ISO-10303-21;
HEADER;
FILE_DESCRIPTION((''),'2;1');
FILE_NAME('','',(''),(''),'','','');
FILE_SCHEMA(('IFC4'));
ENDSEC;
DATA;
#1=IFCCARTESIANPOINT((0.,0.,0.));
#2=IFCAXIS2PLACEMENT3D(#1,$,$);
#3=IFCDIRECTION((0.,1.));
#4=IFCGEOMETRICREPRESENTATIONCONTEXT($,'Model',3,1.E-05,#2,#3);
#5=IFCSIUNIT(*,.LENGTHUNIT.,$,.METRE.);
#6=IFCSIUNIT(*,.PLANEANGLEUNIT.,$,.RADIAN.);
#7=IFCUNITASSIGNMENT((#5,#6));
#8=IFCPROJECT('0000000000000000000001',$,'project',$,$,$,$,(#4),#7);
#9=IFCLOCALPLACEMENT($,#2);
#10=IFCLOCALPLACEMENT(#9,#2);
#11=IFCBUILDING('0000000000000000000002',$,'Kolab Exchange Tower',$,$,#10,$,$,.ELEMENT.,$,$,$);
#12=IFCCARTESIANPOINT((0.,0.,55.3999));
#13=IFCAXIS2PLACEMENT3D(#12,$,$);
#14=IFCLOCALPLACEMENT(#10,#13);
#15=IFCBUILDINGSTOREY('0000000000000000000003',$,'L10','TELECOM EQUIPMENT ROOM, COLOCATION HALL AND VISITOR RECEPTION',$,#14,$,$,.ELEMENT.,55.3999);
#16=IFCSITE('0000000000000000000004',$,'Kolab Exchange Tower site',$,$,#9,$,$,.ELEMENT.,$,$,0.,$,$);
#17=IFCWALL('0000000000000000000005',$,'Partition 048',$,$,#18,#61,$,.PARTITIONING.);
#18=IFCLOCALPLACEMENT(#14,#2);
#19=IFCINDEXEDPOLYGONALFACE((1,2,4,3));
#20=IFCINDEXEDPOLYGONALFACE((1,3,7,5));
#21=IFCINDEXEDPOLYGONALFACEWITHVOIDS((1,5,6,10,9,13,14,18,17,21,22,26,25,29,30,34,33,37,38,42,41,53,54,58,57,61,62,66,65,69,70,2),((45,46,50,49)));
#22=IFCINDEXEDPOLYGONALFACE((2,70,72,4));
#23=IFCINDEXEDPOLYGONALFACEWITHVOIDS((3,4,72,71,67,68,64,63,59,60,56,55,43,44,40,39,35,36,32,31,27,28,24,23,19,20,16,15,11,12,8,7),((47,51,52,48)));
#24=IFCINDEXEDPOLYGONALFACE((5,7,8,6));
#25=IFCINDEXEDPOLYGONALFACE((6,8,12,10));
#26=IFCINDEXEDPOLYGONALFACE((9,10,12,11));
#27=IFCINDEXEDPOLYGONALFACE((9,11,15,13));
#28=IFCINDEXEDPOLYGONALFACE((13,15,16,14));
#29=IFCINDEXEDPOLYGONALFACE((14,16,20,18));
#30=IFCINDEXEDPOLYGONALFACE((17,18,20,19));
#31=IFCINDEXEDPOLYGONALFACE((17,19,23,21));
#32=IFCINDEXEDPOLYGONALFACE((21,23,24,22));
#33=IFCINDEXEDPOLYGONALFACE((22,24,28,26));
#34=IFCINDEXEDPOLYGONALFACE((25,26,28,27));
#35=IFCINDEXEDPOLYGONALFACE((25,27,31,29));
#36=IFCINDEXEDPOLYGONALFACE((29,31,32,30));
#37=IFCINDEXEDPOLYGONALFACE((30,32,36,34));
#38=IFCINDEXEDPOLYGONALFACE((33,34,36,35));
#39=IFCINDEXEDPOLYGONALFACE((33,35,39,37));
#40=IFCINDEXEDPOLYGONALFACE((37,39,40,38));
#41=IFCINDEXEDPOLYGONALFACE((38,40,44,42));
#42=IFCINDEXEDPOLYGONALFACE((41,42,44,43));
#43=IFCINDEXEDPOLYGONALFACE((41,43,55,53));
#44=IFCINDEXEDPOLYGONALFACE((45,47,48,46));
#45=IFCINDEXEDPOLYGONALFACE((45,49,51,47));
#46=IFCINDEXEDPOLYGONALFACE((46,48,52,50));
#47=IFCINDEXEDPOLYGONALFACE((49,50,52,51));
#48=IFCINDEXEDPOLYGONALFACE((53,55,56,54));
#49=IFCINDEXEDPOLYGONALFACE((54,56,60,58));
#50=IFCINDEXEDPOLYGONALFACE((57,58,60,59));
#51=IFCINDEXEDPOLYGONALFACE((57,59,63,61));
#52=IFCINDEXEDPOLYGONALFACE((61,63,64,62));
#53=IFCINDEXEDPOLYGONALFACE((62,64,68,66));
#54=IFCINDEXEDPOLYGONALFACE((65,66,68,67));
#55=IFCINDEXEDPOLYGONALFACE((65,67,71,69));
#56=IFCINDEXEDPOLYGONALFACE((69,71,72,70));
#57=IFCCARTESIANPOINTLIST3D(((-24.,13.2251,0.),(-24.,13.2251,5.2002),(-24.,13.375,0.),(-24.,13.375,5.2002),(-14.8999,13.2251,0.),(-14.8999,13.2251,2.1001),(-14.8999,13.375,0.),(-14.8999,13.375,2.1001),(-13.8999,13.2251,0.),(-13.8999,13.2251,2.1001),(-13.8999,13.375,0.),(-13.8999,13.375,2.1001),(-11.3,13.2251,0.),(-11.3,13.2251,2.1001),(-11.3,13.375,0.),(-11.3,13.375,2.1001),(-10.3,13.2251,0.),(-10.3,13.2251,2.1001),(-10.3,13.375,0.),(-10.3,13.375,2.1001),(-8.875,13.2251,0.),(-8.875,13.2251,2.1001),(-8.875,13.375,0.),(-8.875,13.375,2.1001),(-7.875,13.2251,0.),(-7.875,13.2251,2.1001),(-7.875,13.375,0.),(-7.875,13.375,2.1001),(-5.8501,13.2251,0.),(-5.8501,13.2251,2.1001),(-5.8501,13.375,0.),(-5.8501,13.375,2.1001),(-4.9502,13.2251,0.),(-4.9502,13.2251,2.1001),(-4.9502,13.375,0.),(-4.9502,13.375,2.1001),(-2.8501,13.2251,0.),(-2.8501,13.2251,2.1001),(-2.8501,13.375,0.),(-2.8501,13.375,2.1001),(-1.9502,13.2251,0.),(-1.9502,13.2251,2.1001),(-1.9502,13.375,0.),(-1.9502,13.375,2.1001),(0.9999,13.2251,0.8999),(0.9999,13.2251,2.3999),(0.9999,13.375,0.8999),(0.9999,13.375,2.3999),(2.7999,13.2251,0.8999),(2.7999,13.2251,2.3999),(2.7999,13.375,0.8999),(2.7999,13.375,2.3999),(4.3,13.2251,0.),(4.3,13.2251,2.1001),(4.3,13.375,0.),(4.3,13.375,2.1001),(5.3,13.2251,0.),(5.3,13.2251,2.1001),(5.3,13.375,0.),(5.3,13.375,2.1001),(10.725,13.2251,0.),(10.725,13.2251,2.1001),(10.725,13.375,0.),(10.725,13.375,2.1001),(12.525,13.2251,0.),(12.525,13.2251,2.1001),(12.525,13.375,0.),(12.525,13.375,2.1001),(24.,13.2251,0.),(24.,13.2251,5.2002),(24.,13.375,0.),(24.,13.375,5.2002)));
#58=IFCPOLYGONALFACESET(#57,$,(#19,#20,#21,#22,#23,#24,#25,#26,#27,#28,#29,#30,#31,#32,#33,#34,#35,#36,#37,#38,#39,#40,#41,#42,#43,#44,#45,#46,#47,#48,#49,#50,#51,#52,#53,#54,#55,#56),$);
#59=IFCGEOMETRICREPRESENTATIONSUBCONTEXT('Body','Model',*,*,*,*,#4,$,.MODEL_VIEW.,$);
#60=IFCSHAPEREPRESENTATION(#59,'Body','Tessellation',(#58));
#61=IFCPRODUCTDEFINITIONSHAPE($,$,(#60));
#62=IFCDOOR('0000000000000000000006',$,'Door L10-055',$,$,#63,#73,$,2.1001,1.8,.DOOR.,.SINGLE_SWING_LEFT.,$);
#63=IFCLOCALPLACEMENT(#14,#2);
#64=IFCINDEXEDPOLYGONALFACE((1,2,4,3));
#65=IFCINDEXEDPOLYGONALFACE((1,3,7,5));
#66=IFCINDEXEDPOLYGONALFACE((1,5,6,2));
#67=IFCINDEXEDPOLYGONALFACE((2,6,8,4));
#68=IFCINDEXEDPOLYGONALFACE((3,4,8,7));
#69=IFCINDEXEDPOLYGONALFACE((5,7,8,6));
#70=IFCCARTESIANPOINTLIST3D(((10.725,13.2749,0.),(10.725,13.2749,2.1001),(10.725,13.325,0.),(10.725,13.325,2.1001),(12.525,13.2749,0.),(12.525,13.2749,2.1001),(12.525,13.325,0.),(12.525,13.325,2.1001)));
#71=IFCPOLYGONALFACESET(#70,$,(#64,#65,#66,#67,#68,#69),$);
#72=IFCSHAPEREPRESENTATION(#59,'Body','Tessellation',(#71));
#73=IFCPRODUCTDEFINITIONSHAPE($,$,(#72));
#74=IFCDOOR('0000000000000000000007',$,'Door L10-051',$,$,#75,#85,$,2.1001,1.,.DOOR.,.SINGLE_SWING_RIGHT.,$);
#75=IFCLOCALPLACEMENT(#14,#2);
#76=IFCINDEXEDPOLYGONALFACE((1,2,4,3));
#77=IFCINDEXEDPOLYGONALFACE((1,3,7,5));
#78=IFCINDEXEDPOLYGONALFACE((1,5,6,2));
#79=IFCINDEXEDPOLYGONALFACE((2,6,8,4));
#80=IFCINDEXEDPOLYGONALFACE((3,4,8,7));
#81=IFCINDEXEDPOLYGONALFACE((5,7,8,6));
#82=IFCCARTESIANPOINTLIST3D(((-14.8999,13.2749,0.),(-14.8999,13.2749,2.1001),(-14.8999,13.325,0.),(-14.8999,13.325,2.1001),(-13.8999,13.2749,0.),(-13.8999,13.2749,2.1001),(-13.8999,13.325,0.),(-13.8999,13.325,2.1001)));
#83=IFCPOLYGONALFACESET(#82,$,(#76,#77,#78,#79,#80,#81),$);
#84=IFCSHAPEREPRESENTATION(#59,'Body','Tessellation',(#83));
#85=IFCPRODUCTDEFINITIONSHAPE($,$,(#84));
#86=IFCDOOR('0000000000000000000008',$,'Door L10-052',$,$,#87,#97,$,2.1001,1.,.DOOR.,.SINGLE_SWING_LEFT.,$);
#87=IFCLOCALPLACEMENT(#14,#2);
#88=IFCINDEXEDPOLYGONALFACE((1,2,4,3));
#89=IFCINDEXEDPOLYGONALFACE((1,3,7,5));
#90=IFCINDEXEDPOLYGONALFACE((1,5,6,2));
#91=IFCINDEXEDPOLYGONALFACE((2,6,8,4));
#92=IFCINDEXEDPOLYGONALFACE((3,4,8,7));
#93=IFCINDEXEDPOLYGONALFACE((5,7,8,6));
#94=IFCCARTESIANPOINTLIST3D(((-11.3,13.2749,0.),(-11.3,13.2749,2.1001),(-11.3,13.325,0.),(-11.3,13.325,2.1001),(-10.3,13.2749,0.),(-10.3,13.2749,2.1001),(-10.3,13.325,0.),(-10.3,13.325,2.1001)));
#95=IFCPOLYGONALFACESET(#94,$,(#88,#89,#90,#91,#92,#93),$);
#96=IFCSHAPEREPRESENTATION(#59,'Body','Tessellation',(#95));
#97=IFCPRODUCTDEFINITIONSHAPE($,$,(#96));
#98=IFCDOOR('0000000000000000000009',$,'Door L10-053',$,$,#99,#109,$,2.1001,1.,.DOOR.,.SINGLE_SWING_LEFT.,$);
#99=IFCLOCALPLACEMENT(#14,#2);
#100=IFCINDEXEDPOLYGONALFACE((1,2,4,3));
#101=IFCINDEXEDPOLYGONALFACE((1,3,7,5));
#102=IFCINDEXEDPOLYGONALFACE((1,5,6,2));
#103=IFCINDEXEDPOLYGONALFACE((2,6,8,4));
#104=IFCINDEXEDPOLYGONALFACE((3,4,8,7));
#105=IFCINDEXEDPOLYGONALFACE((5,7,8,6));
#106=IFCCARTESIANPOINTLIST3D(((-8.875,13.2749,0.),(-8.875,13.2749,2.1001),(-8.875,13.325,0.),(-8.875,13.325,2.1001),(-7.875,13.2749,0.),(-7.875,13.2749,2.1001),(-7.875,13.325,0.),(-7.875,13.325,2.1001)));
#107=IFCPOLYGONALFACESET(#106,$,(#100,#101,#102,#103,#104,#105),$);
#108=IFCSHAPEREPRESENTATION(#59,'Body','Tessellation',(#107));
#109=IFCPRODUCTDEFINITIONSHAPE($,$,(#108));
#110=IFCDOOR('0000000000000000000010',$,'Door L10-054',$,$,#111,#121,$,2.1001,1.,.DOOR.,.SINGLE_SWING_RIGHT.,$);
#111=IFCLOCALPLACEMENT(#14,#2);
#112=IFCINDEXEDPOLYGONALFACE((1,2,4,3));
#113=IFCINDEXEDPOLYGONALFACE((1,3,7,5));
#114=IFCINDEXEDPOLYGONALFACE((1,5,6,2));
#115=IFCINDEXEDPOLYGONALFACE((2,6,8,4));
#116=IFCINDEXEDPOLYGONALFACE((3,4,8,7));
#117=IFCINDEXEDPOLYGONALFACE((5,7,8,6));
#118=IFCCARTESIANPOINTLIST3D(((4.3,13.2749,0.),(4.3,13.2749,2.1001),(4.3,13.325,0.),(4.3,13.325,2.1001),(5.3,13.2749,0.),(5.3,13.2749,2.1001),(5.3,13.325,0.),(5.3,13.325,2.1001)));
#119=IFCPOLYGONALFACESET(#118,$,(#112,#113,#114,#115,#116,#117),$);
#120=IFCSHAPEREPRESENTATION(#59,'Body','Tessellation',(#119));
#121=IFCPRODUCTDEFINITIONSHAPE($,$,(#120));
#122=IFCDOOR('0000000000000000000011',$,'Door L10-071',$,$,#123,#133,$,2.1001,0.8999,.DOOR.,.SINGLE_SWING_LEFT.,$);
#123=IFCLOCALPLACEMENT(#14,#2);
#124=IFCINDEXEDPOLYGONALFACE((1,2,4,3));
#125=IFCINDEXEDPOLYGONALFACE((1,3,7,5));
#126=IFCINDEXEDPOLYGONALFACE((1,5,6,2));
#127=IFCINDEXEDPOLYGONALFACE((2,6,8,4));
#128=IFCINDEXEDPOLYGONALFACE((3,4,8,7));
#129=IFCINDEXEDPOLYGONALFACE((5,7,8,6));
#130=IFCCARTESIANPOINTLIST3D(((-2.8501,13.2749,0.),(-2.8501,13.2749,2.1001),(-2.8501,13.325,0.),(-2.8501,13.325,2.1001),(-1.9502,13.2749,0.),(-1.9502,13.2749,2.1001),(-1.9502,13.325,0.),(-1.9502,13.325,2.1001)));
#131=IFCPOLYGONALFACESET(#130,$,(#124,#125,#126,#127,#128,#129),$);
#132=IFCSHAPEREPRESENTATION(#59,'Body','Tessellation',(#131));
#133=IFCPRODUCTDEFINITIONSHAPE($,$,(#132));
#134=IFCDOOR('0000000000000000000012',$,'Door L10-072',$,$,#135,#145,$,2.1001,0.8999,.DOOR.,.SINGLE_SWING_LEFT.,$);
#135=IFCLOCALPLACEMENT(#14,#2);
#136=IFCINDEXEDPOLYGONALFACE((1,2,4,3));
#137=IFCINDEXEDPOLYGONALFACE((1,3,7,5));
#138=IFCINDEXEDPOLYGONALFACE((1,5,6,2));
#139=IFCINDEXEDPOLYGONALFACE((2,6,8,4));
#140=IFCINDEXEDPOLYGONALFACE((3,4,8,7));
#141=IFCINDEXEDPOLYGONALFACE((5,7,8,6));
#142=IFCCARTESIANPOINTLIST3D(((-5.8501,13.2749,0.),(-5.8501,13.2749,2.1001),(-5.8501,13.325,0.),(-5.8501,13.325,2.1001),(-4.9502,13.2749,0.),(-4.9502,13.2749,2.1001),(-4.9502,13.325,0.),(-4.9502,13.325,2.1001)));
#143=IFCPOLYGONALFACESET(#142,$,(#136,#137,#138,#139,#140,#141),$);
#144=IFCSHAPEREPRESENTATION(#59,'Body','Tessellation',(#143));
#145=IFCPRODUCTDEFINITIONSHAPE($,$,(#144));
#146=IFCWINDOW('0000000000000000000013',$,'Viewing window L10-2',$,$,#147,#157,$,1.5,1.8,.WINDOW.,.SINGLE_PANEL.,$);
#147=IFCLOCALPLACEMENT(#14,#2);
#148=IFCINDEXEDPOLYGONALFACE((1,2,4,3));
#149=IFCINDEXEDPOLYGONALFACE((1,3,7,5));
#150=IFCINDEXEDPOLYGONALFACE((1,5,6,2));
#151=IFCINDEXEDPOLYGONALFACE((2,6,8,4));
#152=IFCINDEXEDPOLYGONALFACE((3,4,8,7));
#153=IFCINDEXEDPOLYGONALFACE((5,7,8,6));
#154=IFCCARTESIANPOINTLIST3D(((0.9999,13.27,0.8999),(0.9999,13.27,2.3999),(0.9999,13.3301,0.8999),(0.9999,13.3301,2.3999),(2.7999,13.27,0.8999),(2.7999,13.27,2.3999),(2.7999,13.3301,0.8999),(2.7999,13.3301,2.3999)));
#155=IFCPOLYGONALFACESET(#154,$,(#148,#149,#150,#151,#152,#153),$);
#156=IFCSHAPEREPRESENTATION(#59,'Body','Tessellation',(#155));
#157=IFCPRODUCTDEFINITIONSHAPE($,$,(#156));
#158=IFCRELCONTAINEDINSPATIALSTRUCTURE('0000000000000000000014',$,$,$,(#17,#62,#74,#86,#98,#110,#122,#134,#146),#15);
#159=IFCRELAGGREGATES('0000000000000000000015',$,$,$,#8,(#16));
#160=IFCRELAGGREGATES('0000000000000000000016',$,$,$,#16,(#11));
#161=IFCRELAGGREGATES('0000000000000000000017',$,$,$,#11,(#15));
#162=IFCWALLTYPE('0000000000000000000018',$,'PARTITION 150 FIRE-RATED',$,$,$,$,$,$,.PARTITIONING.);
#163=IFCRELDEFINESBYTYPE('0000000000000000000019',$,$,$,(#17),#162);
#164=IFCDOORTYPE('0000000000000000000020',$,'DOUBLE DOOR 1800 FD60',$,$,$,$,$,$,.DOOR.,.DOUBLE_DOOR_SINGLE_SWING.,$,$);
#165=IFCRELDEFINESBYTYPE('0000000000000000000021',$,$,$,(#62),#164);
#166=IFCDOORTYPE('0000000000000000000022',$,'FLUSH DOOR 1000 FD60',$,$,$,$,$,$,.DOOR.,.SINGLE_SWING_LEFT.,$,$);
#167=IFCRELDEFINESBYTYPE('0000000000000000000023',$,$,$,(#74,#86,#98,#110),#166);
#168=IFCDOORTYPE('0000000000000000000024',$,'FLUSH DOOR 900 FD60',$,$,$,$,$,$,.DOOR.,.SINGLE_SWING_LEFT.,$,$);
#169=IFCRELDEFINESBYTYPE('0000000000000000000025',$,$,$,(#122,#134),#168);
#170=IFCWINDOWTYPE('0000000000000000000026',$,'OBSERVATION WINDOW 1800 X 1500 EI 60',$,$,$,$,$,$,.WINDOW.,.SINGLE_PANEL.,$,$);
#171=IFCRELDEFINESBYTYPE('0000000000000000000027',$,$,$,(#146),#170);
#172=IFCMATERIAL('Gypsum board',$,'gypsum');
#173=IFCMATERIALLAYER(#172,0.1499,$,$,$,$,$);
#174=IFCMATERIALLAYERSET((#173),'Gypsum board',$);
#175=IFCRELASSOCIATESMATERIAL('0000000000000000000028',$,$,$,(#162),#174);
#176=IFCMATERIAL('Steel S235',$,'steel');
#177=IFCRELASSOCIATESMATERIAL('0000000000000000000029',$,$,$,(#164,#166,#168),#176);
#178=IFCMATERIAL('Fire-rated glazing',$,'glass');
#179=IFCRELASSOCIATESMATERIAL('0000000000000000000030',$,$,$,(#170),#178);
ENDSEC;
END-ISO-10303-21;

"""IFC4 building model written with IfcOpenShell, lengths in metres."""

from ifc_helpers import new_model, si_unit, direction, frame, frame_2d, origin, place, context, subcontext, project, spatial, rectangle, extrude, material, layer, layer_set, type_object, element, fill, save


model = new_model("IFC4")

# Units and contexts
model_context = context("Model", 3, precision=1e-05, world=origin(), true_north=direction((0.0, 1.0)))
body_context = subcontext(model_context, "Body", "Model", "MODEL_VIEW")
ifc_project = project(units=[si_unit("LENGTHUNIT", "METRE"), si_unit("PLANEANGLEUNIT", "RADIAN")], contexts=[model_context])

# Site, building, storey
site_placement = place(None, origin())
site = spatial("IfcSite", under=ifc_project, at=site_placement, Name="Kolab Exchange Tower site", CompositionType="ELEMENT", RefElevation=0.0)
building_placement = place(site_placement, origin())
building = spatial("IfcBuilding", under=site, at=building_placement, Name="Kolab Exchange Tower", CompositionType="ELEMENT")
storey_placement = place(building_placement, frame((0.0, 0.0, 55.3999)))
storey = spatial("IfcBuildingStorey", under=building, at=storey_placement, Name="L10", Description="TELECOM EQUIPMENT ROOM, COLOCATION HALL AND VISITOR RECEPTION", CompositionType="ELEMENT", Elevation=55.3999)

# Shared definitions
ifc_material_1 = material(Name="Gypsum board", Category="gypsum")
ifc_layer_1 = layer(ifc_material_1, 0.1499)
ifc_layer_set_1 = layer_set([ifc_layer_1], Name="Gypsum board")
wall_type = type_object("IfcWallType", Name="PARTITION 150 FIRE-RATED", PredefinedType="PARTITIONING", material=ifc_layer_set_1)

# Wall, openings, doors, window
wall_1_placement = place(storey_placement, frame((-24.0, 13.3, 0.0), z_axis=(0.0, 0.0, 1.0), x_axis=(1.0, 0.0, 0.0)))
wall_1 = element("IfcWall", 1, at=wall_1_placement, inside=storey, type_object=wall_type, Name="Partition 048", PredefinedType="PARTITIONING", context=body_context, shape_type="SweptSolid", body=[
    extrude(rectangle(XDim=48.0, YDim=0.1499, at=frame_2d((24.0, 0.0))), origin(), (0.0, 0.0, 1.0), 5.2002),
])
opening_1_placement = place(wall_1_placement, frame((9.1001, 0.0, 0.0)))
opening_1 = element("IfcOpeningElement", 2, at=opening_1_placement, cuts=wall_1, PredefinedType="OPENING", context=body_context, shape_type="SweptSolid", body=[
    extrude(rectangle(XDim=1.0, YDim=2.1001, at=frame_2d((0.5, 1.05))), frame((0.0, 0.085, 0.0), z_axis=(0.0, -1.0, 0.0), x_axis=(1.0, 0.0, 0.0)), (0.0, 0.0, 1.0), 0.1699),
])
opening_2_placement = place(wall_1_placement, frame((12.7, 0.0, 0.0)))
opening_2 = element("IfcOpeningElement", 3, at=opening_2_placement, cuts=wall_1, PredefinedType="OPENING", context=body_context, shape_type="SweptSolid", body=[
    extrude(rectangle(XDim=1.0, YDim=2.1001, at=frame_2d((0.5, 1.05))), frame((0.0, 0.085, 0.0), z_axis=(0.0, -1.0, 0.0), x_axis=(1.0, 0.0, 0.0)), (0.0, 0.0, 1.0), 0.1699),
])
opening_3_placement = place(wall_1_placement, frame((15.125, 0.0, 0.0)))
opening_3 = element("IfcOpeningElement", 4, at=opening_3_placement, cuts=wall_1, PredefinedType="OPENING", context=body_context, shape_type="SweptSolid", body=[
    extrude(rectangle(XDim=1.0, YDim=2.1001, at=frame_2d((0.5, 1.05))), frame((0.0, 0.085, 0.0), z_axis=(0.0, -1.0, 0.0), x_axis=(1.0, 0.0, 0.0)), (0.0, 0.0, 1.0), 0.1699),
])
opening_4_placement = place(wall_1_placement, frame((28.3, 0.0, 0.0)))
opening_4 = element("IfcOpeningElement", 5, at=opening_4_placement, cuts=wall_1, PredefinedType="OPENING", context=body_context, shape_type="SweptSolid", body=[
    extrude(rectangle(XDim=1.0, YDim=2.1001, at=frame_2d((0.5, 1.05))), frame((0.0, 0.085, 0.0), z_axis=(0.0, -1.0, 0.0), x_axis=(1.0, 0.0, 0.0)), (0.0, 0.0, 1.0), 0.1699),
])
opening_5_placement = place(wall_1_placement, frame((34.7251, 0.0, 0.0)))
opening_5 = element("IfcOpeningElement", 6, at=opening_5_placement, cuts=wall_1, PredefinedType="OPENING", context=body_context, shape_type="SweptSolid", body=[
    extrude(rectangle(XDim=1.8, YDim=2.1001, at=frame_2d((0.8999, 1.05))), frame((0.0, 0.085, 0.0), z_axis=(0.0, -1.0, 0.0), x_axis=(1.0, 0.0, 0.0)), (0.0, 0.0, 1.0), 0.1699),
])
opening_6_placement = place(wall_1_placement, frame((21.1499, 0.0, 0.0)))
opening_6 = element("IfcOpeningElement", 7, at=opening_6_placement, cuts=wall_1, PredefinedType="OPENING", context=body_context, shape_type="SweptSolid", body=[
    extrude(rectangle(XDim=0.8999, YDim=2.1001, at=frame_2d((0.45, 1.05))), frame((0.0, 0.085, 0.0), z_axis=(0.0, -1.0, 0.0), x_axis=(1.0, 0.0, 0.0)), (0.0, 0.0, 1.0), 0.1699),
])
opening_7_placement = place(wall_1_placement, frame((18.1499, 0.0, 0.0)))
opening_7 = element("IfcOpeningElement", 8, at=opening_7_placement, cuts=wall_1, PredefinedType="OPENING", context=body_context, shape_type="SweptSolid", body=[
    extrude(rectangle(XDim=0.8999, YDim=2.1001, at=frame_2d((0.45, 1.05))), frame((0.0, 0.085, 0.0), z_axis=(0.0, -1.0, 0.0), x_axis=(1.0, 0.0, 0.0)), (0.0, 0.0, 1.0), 0.1699),
])
opening_8_placement = place(wall_1_placement, frame((25.0, 0.0, 0.8999)))
opening_8 = element("IfcOpeningElement", 9, at=opening_8_placement, cuts=wall_1, PredefinedType="OPENING", context=body_context, shape_type="SweptSolid", body=[
    extrude(rectangle(XDim=1.8, YDim=1.5, at=frame_2d((0.8999, 0.75))), frame((0.0, 0.085, 0.0), z_axis=(0.0, -1.0, 0.0), x_axis=(1.0, 0.0, 0.0)), (0.0, 0.0, 1.0), 0.1699),
])
ifc_material_2 = material(Name="Steel S235", Category="steel")
door_type_1 = type_object("IfcDoorType", Name="DOUBLE DOOR 1800 FD60", OperationType="DOUBLE_DOOR_SINGLE_SWING", PredefinedType="DOOR", material=ifc_material_2)
door_1_placement = place(opening_5_placement, origin())
door_1 = element("IfcDoor", 10, at=door_1_placement, inside=storey, type_object=door_type_1, Name="Door L10-055", OperationType="SINGLE_SWING_LEFT", OverallHeight=2.1001, OverallWidth=1.8, PredefinedType="DOOR", context=body_context, shape_type="SweptSolid", body=[
    extrude(rectangle(XDim=1.8, YDim=2.1001, at=frame_2d((0.8999, 1.05))), frame((0.0, 0.0249, 0.0), z_axis=(0.0, -1.0, 0.0), x_axis=(1.0, 0.0, 0.0)), (0.0, 0.0, 1.0), 0.05),
])
fill(opening_5, door_1)
door_type_2 = type_object("IfcDoorType", Name="FLUSH DOOR 1000 FD60", OperationType="SINGLE_SWING_LEFT", PredefinedType="DOOR", material=ifc_material_2)
door_2_placement = place(opening_1_placement, origin())
door_2 = element("IfcDoor", 11, at=door_2_placement, inside=storey, type_object=door_type_2, Name="Door L10-051", OperationType="SINGLE_SWING_RIGHT", OverallHeight=2.1001, OverallWidth=1.0, PredefinedType="DOOR", context=body_context, shape_type="SweptSolid", body=[
    extrude(rectangle(XDim=1.0, YDim=2.1001, at=frame_2d((0.5, 1.05))), frame((0.0, 0.0249, 0.0), z_axis=(0.0, -1.0, 0.0), x_axis=(1.0, 0.0, 0.0)), (0.0, 0.0, 1.0), 0.05),
])
fill(opening_1, door_2)
door_3_placement = place(opening_2_placement, origin())
door_3 = element("IfcDoor", 12, at=door_3_placement, inside=storey, type_object=door_type_2, Name="Door L10-052", OperationType="SINGLE_SWING_LEFT", OverallHeight=2.1001, OverallWidth=1.0, PredefinedType="DOOR", context=body_context, shape_type="SweptSolid", body=[
    extrude(rectangle(XDim=1.0, YDim=2.1001, at=frame_2d((0.5, 1.05))), frame((0.0, 0.0249, 0.0), z_axis=(0.0, -1.0, 0.0), x_axis=(1.0, 0.0, 0.0)), (0.0, 0.0, 1.0), 0.05),
])
fill(opening_2, door_3)
door_4_placement = place(opening_3_placement, origin())
door_4 = element("IfcDoor", 13, at=door_4_placement, inside=storey, type_object=door_type_2, Name="Door L10-053", OperationType="SINGLE_SWING_LEFT", OverallHeight=2.1001, OverallWidth=1.0, PredefinedType="DOOR", context=body_context, shape_type="SweptSolid", body=[
    extrude(rectangle(XDim=1.0, YDim=2.1001, at=frame_2d((0.5, 1.05))), frame((0.0, 0.0249, 0.0), z_axis=(0.0, -1.0, 0.0), x_axis=(1.0, 0.0, 0.0)), (0.0, 0.0, 1.0), 0.05),
])
fill(opening_3, door_4)
door_5_placement = place(opening_4_placement, origin())
door_5 = element("IfcDoor", 14, at=door_5_placement, inside=storey, type_object=door_type_2, Name="Door L10-054", OperationType="SINGLE_SWING_RIGHT", OverallHeight=2.1001, OverallWidth=1.0, PredefinedType="DOOR", context=body_context, shape_type="SweptSolid", body=[
    extrude(rectangle(XDim=1.0, YDim=2.1001, at=frame_2d((0.5, 1.05))), frame((0.0, 0.0249, 0.0), z_axis=(0.0, -1.0, 0.0), x_axis=(1.0, 0.0, 0.0)), (0.0, 0.0, 1.0), 0.05),
])
fill(opening_4, door_5)
door_type_3 = type_object("IfcDoorType", Name="FLUSH DOOR 900 FD60", OperationType="SINGLE_SWING_LEFT", PredefinedType="DOOR", material=ifc_material_2)
door_6_placement = place(opening_6_placement, origin())
door_6 = element("IfcDoor", 15, at=door_6_placement, inside=storey, type_object=door_type_3, Name="Door L10-071", OperationType="SINGLE_SWING_LEFT", OverallHeight=2.1001, OverallWidth=0.8999, PredefinedType="DOOR", context=body_context, shape_type="SweptSolid", body=[
    extrude(rectangle(XDim=0.8999, YDim=2.1001, at=frame_2d((0.45, 1.05))), frame((0.0, 0.0249, 0.0), z_axis=(0.0, -1.0, 0.0), x_axis=(1.0, 0.0, 0.0)), (0.0, 0.0, 1.0), 0.05),
])
fill(opening_6, door_6)
door_7_placement = place(opening_7_placement, origin())
door_7 = element("IfcDoor", 16, at=door_7_placement, inside=storey, type_object=door_type_3, Name="Door L10-072", OperationType="SINGLE_SWING_LEFT", OverallHeight=2.1001, OverallWidth=0.8999, PredefinedType="DOOR", context=body_context, shape_type="SweptSolid", body=[
    extrude(rectangle(XDim=0.8999, YDim=2.1001, at=frame_2d((0.45, 1.05))), frame((0.0, 0.0249, 0.0), z_axis=(0.0, -1.0, 0.0), x_axis=(1.0, 0.0, 0.0)), (0.0, 0.0, 1.0), 0.05),
])
fill(opening_7, door_7)
ifc_material_3 = material(Name="Fire-rated glazing", Category="glass")
window_type = type_object("IfcWindowType", Name="OBSERVATION WINDOW 1800 X 1500 EI 60", PartitioningType="SINGLE_PANEL", PredefinedType="WINDOW", material=ifc_material_3)
window_placement = place(opening_8_placement, origin())
window = element("IfcWindow", 17, at=window_placement, inside=storey, type_object=window_type, Name="Viewing window L10-2", OverallHeight=1.5, OverallWidth=1.8, PartitioningType="SINGLE_PANEL", PredefinedType="WINDOW", context=body_context, shape_type="SweptSolid", body=[
    extrude(rectangle(XDim=1.8, YDim=1.5, at=frame_2d((0.8999, 0.75))), frame((0.0, 0.03, 0.0), z_axis=(0.0, -1.0, 0.0), x_axis=(1.0, 0.0, 0.0)), (0.0, 0.0, 1.0), 0.0601),
])
fill(opening_8, window)

save(model, "model.ifc")
